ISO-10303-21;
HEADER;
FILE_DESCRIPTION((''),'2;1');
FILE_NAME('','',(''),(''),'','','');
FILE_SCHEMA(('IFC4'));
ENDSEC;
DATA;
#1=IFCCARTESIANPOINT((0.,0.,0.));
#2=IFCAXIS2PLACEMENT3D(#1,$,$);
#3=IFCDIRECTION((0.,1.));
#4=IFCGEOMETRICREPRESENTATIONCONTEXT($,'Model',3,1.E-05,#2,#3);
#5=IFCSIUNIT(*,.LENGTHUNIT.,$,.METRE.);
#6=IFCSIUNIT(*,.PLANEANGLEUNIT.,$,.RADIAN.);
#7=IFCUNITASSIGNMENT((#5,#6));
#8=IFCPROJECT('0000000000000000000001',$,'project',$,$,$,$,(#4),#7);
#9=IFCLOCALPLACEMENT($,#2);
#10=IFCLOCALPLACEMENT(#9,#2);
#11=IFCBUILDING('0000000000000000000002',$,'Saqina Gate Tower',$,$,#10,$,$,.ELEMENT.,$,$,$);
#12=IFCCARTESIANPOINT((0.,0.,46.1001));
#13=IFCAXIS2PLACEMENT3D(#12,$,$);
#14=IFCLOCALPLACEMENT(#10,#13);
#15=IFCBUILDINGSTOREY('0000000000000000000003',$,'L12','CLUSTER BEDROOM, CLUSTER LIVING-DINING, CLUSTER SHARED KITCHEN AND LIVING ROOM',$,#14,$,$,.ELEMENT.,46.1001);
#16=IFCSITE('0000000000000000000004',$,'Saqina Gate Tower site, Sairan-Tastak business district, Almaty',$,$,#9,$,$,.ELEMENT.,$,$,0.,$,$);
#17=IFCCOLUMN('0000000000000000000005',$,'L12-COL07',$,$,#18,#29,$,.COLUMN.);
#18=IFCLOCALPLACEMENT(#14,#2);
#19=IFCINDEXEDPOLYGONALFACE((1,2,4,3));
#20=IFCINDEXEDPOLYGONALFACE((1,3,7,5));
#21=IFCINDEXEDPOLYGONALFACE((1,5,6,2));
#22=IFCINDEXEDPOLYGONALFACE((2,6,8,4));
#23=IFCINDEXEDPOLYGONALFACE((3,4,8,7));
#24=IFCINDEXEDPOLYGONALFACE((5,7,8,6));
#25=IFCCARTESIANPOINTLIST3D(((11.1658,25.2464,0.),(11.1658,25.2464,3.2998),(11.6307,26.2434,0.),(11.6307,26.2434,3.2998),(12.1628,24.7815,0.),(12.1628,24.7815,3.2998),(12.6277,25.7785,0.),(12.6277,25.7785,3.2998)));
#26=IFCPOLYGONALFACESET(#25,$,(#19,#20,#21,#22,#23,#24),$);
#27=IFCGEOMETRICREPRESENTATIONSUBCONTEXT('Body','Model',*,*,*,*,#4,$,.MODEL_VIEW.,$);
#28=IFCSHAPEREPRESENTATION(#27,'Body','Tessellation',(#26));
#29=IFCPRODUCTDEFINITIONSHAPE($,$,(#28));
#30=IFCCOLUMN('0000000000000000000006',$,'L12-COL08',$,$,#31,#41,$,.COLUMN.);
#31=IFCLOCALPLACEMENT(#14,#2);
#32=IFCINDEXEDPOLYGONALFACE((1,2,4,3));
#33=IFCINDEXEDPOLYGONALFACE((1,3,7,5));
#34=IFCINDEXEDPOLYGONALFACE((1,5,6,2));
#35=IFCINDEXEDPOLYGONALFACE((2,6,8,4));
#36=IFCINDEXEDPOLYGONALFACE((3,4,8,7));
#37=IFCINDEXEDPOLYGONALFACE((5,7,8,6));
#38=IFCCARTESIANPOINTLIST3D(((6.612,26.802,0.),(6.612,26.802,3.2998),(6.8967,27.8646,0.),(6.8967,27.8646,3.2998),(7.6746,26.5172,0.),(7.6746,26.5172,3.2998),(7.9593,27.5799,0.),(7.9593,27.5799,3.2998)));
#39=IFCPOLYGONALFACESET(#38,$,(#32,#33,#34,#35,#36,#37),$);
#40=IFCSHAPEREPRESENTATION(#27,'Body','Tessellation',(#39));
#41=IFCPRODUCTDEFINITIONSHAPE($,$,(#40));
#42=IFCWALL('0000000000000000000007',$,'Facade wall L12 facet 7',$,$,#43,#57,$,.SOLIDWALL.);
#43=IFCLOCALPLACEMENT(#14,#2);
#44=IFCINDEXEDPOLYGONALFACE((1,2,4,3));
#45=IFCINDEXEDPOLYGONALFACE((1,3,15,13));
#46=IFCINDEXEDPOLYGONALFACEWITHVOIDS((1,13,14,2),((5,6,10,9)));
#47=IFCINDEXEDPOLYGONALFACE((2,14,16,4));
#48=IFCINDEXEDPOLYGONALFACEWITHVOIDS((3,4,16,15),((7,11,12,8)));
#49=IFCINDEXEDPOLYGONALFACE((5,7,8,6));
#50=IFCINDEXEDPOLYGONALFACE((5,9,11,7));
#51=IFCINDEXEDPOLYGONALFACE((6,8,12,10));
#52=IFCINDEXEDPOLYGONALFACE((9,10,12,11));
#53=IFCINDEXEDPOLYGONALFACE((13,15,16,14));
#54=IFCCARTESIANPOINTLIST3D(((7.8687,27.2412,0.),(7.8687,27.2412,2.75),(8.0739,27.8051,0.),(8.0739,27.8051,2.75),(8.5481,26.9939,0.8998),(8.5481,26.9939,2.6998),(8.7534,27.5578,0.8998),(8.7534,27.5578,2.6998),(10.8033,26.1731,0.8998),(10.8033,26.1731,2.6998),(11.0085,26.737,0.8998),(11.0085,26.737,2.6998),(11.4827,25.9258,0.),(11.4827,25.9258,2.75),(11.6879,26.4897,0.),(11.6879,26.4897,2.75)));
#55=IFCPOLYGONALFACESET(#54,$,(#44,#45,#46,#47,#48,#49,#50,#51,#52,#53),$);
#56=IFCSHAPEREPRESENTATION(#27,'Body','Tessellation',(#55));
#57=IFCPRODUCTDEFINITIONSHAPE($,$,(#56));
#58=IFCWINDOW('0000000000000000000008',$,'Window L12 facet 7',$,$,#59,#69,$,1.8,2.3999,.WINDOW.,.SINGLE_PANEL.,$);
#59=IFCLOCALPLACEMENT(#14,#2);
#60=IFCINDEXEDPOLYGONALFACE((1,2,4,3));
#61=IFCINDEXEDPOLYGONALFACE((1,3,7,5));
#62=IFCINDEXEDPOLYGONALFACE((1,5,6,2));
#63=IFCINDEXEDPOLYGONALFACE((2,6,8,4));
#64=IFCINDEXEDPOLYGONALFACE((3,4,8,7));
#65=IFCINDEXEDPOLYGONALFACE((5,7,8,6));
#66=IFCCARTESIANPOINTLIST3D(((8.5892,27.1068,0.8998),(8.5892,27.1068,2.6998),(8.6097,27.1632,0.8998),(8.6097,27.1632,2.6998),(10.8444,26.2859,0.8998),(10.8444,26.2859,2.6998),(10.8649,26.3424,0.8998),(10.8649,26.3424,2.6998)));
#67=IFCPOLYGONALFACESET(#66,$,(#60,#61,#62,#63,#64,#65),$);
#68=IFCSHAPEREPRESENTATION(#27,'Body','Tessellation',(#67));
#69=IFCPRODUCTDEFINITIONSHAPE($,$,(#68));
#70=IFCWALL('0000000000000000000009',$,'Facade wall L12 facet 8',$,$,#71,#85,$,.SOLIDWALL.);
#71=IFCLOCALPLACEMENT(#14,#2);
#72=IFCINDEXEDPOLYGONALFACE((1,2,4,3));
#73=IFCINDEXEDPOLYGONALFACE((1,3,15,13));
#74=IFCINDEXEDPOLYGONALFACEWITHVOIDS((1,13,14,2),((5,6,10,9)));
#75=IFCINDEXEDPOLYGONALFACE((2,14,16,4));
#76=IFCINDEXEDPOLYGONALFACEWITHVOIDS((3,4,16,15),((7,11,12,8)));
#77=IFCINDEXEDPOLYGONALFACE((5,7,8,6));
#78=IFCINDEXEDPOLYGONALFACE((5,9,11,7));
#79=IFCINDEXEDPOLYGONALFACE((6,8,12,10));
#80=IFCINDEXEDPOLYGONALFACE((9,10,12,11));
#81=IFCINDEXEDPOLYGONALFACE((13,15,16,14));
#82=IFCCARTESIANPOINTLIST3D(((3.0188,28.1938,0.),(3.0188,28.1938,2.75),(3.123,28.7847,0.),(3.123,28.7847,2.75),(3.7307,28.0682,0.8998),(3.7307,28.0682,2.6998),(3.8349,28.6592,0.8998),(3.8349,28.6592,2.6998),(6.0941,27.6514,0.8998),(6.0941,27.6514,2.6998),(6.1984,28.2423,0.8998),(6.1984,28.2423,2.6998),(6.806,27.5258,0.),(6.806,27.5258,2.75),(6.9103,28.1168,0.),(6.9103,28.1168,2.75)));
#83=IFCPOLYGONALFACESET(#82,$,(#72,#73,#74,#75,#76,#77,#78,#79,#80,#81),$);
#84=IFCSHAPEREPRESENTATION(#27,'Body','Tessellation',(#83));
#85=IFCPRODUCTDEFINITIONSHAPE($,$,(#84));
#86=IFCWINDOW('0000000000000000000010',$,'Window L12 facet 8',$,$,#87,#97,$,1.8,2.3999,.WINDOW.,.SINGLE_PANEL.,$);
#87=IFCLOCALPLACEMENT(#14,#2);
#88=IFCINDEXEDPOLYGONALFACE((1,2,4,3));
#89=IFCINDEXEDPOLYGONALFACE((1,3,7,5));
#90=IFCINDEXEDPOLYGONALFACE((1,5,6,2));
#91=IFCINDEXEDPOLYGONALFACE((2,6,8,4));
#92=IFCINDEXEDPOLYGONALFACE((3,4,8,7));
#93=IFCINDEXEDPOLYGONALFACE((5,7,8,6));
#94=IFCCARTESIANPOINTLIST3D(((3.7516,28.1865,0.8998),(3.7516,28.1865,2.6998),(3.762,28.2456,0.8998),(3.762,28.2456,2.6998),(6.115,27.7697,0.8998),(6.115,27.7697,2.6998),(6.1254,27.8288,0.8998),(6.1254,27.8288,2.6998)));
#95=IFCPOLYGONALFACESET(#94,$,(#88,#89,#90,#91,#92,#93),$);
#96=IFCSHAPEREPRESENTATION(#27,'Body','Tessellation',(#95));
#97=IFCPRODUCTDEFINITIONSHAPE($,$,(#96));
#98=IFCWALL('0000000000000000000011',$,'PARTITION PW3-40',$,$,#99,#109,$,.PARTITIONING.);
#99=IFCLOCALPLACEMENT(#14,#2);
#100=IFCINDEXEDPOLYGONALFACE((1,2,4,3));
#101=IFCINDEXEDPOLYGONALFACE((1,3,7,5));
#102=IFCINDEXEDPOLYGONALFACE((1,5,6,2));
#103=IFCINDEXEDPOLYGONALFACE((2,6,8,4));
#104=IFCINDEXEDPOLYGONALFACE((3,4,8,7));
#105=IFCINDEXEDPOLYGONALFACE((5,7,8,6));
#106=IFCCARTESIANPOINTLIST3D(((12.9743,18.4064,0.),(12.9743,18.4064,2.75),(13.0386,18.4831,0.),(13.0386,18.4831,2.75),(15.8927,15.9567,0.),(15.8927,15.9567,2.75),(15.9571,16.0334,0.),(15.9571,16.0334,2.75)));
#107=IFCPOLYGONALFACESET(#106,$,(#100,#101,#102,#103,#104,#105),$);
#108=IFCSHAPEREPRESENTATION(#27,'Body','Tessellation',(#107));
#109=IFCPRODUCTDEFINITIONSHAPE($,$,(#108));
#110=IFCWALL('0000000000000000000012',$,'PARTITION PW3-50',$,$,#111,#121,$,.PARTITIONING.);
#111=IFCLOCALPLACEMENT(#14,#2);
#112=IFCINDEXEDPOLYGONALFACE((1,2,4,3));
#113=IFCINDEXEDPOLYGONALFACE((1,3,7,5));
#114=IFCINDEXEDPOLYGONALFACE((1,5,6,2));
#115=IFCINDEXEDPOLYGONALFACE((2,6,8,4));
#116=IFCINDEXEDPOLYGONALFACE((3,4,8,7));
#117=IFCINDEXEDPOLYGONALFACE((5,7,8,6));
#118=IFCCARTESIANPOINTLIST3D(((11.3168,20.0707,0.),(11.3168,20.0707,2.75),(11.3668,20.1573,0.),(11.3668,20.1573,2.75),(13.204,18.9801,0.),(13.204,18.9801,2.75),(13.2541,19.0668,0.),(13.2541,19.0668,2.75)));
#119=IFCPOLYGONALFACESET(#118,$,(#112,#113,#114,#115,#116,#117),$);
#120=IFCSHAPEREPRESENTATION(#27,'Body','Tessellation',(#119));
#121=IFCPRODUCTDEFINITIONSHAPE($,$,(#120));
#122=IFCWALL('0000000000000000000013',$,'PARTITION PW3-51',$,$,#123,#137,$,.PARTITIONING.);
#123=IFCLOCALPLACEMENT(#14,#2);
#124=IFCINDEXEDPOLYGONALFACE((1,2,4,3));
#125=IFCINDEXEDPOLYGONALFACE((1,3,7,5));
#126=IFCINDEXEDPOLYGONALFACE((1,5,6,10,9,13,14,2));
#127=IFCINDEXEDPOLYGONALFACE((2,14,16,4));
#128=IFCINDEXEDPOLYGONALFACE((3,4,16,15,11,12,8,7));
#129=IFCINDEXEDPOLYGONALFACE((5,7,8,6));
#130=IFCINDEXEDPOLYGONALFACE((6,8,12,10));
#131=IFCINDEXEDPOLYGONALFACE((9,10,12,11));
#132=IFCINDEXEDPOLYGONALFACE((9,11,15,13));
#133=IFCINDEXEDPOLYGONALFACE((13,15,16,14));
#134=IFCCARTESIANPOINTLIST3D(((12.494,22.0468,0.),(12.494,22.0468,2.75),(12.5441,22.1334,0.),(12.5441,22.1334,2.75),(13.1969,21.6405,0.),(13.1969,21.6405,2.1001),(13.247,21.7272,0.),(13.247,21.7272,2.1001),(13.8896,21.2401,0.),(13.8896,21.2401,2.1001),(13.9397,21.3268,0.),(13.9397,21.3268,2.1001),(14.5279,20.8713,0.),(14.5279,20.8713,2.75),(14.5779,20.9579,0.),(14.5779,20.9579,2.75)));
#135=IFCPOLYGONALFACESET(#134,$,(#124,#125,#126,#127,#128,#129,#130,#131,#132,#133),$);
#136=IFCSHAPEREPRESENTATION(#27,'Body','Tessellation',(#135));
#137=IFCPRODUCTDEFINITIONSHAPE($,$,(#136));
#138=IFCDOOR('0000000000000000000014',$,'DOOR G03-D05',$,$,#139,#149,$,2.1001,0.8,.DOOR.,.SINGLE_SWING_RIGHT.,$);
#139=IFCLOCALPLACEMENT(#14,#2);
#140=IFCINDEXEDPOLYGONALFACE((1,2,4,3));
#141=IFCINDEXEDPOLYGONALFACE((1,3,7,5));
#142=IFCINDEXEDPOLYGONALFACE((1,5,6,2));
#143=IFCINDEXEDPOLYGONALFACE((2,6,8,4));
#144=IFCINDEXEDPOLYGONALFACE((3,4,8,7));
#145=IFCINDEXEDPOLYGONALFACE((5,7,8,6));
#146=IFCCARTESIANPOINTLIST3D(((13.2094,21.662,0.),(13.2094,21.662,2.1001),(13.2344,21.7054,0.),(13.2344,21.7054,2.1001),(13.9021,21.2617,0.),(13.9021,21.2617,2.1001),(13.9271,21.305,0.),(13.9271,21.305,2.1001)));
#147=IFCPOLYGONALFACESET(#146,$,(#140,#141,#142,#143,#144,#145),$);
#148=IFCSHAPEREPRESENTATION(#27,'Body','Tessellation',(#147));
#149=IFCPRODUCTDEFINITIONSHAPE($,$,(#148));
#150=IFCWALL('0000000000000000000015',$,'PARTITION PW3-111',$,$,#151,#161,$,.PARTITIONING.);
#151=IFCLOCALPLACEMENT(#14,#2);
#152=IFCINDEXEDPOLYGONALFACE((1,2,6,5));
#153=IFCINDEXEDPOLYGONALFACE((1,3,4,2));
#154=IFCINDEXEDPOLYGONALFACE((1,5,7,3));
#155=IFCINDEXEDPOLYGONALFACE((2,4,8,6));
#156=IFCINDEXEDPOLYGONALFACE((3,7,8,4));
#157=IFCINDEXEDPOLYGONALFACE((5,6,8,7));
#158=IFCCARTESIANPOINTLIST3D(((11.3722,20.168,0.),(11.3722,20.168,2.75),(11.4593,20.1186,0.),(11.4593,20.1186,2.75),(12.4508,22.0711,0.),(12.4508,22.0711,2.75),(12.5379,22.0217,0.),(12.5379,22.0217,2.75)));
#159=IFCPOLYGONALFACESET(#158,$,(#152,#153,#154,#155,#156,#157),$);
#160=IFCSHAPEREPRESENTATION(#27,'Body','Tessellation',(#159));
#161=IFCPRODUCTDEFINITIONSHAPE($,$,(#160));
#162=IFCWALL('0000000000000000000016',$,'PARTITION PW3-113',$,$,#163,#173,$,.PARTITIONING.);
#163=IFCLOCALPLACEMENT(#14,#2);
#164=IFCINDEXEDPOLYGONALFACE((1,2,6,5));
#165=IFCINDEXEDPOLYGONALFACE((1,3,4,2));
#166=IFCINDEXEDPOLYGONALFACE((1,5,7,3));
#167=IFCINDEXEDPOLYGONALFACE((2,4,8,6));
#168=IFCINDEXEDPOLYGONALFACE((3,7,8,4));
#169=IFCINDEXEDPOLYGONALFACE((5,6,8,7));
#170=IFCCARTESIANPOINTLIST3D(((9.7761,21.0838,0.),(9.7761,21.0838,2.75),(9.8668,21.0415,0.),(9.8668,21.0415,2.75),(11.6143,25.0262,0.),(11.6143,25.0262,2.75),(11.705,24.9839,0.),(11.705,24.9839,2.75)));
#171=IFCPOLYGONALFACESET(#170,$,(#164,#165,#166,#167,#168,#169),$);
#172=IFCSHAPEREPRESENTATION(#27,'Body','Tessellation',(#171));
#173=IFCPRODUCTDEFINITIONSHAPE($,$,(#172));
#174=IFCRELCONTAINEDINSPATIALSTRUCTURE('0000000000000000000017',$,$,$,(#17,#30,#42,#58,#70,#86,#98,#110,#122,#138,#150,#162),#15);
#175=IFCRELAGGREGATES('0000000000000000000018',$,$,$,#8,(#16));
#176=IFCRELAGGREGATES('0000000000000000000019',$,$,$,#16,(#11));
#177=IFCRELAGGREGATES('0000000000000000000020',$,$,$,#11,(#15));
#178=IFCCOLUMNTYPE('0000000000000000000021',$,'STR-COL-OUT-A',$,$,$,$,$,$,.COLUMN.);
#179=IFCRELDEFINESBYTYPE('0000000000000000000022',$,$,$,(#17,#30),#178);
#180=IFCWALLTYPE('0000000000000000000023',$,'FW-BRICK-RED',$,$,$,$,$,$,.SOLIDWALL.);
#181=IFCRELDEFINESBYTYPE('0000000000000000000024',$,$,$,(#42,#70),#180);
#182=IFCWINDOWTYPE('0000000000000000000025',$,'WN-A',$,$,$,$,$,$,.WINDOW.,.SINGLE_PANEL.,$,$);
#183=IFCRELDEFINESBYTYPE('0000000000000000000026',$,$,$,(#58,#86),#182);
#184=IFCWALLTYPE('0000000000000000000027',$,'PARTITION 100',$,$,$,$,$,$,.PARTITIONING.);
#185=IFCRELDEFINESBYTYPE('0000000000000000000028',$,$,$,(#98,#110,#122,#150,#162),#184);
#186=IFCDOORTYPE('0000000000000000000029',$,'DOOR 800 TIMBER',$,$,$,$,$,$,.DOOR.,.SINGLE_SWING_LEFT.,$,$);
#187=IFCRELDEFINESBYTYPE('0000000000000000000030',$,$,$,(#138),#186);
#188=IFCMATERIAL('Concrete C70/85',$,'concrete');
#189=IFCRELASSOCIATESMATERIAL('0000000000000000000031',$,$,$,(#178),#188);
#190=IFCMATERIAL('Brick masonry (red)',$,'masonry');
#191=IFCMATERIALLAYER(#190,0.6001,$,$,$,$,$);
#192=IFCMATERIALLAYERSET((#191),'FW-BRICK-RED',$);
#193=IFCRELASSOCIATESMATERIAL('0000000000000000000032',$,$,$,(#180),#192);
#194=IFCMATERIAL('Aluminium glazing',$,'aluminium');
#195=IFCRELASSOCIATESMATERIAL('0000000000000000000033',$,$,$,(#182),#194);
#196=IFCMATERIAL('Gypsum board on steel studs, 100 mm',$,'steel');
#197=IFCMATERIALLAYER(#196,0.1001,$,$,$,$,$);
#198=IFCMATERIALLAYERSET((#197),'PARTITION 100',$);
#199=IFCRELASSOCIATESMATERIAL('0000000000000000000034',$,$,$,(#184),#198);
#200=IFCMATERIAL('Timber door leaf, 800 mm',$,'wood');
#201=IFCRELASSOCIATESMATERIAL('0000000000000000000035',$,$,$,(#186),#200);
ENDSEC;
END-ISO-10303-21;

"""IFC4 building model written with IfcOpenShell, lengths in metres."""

from ifc_helpers import new_model, si_unit, direction, frame, frame_2d, origin, origin_2d, place, context, subcontext, project, spatial, rectangle, extrude, material, layer, layer_set, material_profile, profile_set, type_object, element, fill, save


model = new_model("IFC4")

# Units and contexts
model_context = context("Model", 3, precision=1e-05, world=origin(), true_north=direction((0.0, 1.0)))
body_context = subcontext(model_context, "Body", "Model", "MODEL_VIEW")
ifc_project = project(units=[si_unit("LENGTHUNIT", "METRE"), si_unit("PLANEANGLEUNIT", "RADIAN")], contexts=[model_context])

# Site, building, storey
site_placement = place(None, origin())
site = spatial("IfcSite", under=ifc_project, at=site_placement, Name="Saqina Gate Tower site, Sairan-Tastak business district, Almaty", CompositionType="ELEMENT", RefElevation=0.0)
building_placement = place(site_placement, origin())
building = spatial("IfcBuilding", under=site, at=building_placement, Name="Saqina Gate Tower", CompositionType="ELEMENT")
storey_placement = place(building_placement, frame((0.0, 0.0, 46.1001)))
storey = spatial("IfcBuildingStorey", under=building, at=storey_placement, Name="L12", Description="CLUSTER BEDROOM, CLUSTER LIVING-DINING, CLUSTER SHARED KITCHEN AND LIVING ROOM", CompositionType="ELEMENT", Elevation=46.1001)

# Columns
ifc_material_1 = material(Name="Concrete C70/85", Category="concrete")
ifc_material_profile = material_profile(ifc_material_1, rectangle(XDim=1.1001, YDim=1.1001, at=origin_2d()), Name="RC 1100x1100")
ifc_profile_set = profile_set([ifc_material_profile], Name="Concrete C70/85")
column_type = type_object("IfcColumnType", Name="STR-COL-OUT-A", PredefinedType="COLUMN", material=ifc_profile_set)
for number, where, z_axis, x_axis, name in (
    (1, (11.8967, 25.5125, 0.0), (0.0, 0.0, 1.0), (0.422618, 0.906308, 0.0), "L12-COL07"),
    (2, (7.2856, 27.1909, 0.0), (0.0, 0.0, 1.0), (0.258819, 0.965926, 0.0), "L12-COL08"),
):
    element("IfcColumn", number, at=place(storey_placement, frame(where, z_axis=z_axis, x_axis=x_axis)), inside=storey, type_object=column_type, Name=name, PredefinedType="COLUMN", context=body_context, shape_type="SweptSolid", body=[
        extrude(rectangle(XDim=1.1001, YDim=1.1001, at=origin_2d()), origin(), (0.0, 0.0, 1.0), 3.2998),
    ])

# Walls, openings, windows
ifc_material_2 = material(Name="Brick masonry (red)", Category="masonry")
ifc_layer_1 = layer(ifc_material_2, 0.6001)
ifc_layer_set_1 = layer_set([ifc_layer_1], Name="FW-BRICK-RED")
wall_type_1 = type_object("IfcWallType", Name="FW-BRICK-RED", PredefinedType="SOLIDWALL", material=ifc_layer_set_1)
wall_1_placement = place(storey_placement, frame((11.5852, 26.2078, 0.0), z_axis=(0.0, 0.0, 1.0), x_axis=(-0.93969, 0.342028, 0.0)))
wall_1 = element("IfcWall", 3, at=wall_1_placement, inside=storey, type_object=wall_type_1, Name="Facade wall L12 facet 7", PredefinedType="SOLIDWALL", context=body_context, shape_type="SweptSolid", body=[
    extrude(rectangle(XDim=3.8459, YDim=0.6001, at=frame_2d((1.9229, 0.0))), origin(), (0.0, 0.0, 1.0), 2.75),
])
opening_1_placement = place(wall_1_placement, frame((0.7229, 0.0, 0.8999)))
opening_1 = element("IfcOpeningElement", 4, at=opening_1_placement, cuts=wall_1, PredefinedType="OPENING", context=body_context, shape_type="SweptSolid", body=[
    extrude(rectangle(XDim=2.3999, YDim=1.8, at=frame_2d((1.2, 0.8999))), frame((0.0, 0.312, 0.0), z_axis=(0.0, -1.0, 0.0), x_axis=(1.0, 0.0, 0.0)), (0.0, 0.0, 1.0), 0.624),
])
ifc_material_3 = material(Name="Aluminium glazing", Category="aluminium")
window_type = type_object("IfcWindowType", Name="WN-A", PartitioningType="SINGLE_PANEL", PredefinedType="WINDOW", material=ifc_material_3)
window_1_placement = place(opening_1_placement, origin())
window_1 = element("IfcWindow", 5, at=window_1_placement, inside=storey, type_object=window_type, Name="Window L12 facet 7", OverallHeight=1.8, OverallWidth=2.3999, PartitioningType="SINGLE_PANEL", PredefinedType="WINDOW", context=body_context, shape_type="SweptSolid", body=[
    extrude(rectangle(XDim=2.3999, YDim=1.8, at=frame_2d((1.2, 0.8999))), frame((0.0, 0.1799, 0.0), z_axis=(0.0, -1.0, 0.0), x_axis=(1.0, 0.0, 0.0)), (0.0, 0.0, 1.0), 0.0601),
])
fill(opening_1, window_1)
wall_2_placement = place(storey_placement, frame((6.8582, 27.8213, 0.0), z_axis=(0.0, 0.0, 1.0), x_axis=(-0.984801, 0.173688, 0.0)))
wall_2 = element("IfcWall", 6, at=wall_2_placement, inside=storey, type_object=wall_type_1, Name="Facade wall L12 facet 8", PredefinedType="SOLIDWALL", context=body_context, shape_type="SweptSolid", body=[
    extrude(rectangle(XDim=3.8457, YDim=0.6001, at=frame_2d((1.9229, 0.0))), origin(), (0.0, 0.0, 1.0), 2.75),
])
opening_2_placement = place(wall_2_placement, frame((0.7229, 0.0, 0.8999)))
opening_2 = element("IfcOpeningElement", 7, at=opening_2_placement, cuts=wall_2, PredefinedType="OPENING", context=body_context, shape_type="SweptSolid", body=[
    extrude(rectangle(XDim=2.3999, YDim=1.8, at=frame_2d((1.2, 0.8999))), frame((0.0, 0.312, 0.0), z_axis=(0.0, -1.0, 0.0), x_axis=(1.0, 0.0, 0.0)), (0.0, 0.0, 1.0), 0.624),
])
window_2_placement = place(opening_2_placement, origin())
window_2 = element("IfcWindow", 8, at=window_2_placement, inside=storey, type_object=window_type, Name="Window L12 facet 8", OverallHeight=1.8, OverallWidth=2.3999, PartitioningType="SINGLE_PANEL", PredefinedType="WINDOW", context=body_context, shape_type="SweptSolid", body=[
    extrude(rectangle(XDim=2.3999, YDim=1.8, at=frame_2d((1.2, 0.8999))), frame((0.0, 0.1799, 0.0), z_axis=(0.0, -1.0, 0.0), x_axis=(1.0, 0.0, 0.0)), (0.0, 0.0, 1.0), 0.0601),
])
fill(opening_2, window_2)

# Walls
ifc_material_4 = material(Name="Gypsum board on steel studs, 100 mm", Category="steel")
ifc_layer_2 = layer(ifc_material_4, 0.1001)
ifc_layer_set_2 = layer_set([ifc_layer_2], Name="PARTITION 100")
wall_type_2 = type_object("IfcWallType", Name="PARTITION 100", PredefinedType="PARTITIONING", material=ifc_layer_set_2)
wall_3_placement = place(storey_placement, frame((13.0063, 18.4448, 0.0), z_axis=(0.0, 0.0, 1.0), x_axis=(0.765937, -0.642916, 0.0)))
element("IfcWall", 9, at=wall_3_placement, inside=storey, type_object=wall_type_2, Name="PARTITION PW3-40", PredefinedType="PARTITIONING", context=body_context, shape_type="SweptSolid", body=[
    extrude(rectangle(XDim=3.8103, YDim=0.1001, at=frame_2d((1.9053, 0.0))), origin(), (0.0, 0.0, 1.0), 2.75),
])
wall_4_placement = place(storey_placement, frame((11.3418, 20.114, 0.0), z_axis=(0.0, 0.0, 1.0), x_axis=(0.865827, -0.500343, 0.0)))
element("IfcWall", 10, at=wall_4_placement, inside=storey, type_object=wall_type_2, Name="PARTITION PW3-50", PredefinedType="PARTITIONING", context=body_context, shape_type="SweptSolid", body=[
    extrude(rectangle(XDim=2.1797, YDim=0.1001, at=frame_2d((1.0898, 0.0))), origin(), (0.0, 0.0, 1.0), 2.75),
])

# Wall, opening, door
wall_5_placement = place(storey_placement, frame((12.519, 22.0901, 0.0), z_axis=(0.0, 0.0, 1.0), x_axis=(0.865796, -0.500397, 0.0)))
wall_5 = element("IfcWall", 11, at=wall_5_placement, inside=storey, type_object=wall_type_2, Name="PARTITION PW3-51", PredefinedType="PARTITIONING", context=body_context, shape_type="SweptSolid", body=[
    extrude(rectangle(XDim=2.3491, YDim=0.1001, at=frame_2d((1.1746, 0.0))), origin(), (0.0, 0.0, 1.0), 2.75),
])
opening_3_placement = place(wall_5_placement, frame((0.812, 0.0, 0.0)))
opening_3 = element("IfcOpeningElement", 12, at=opening_3_placement, cuts=wall_5, PredefinedType="OPENING", context=body_context, shape_type="SweptSolid", body=[
    extrude(rectangle(XDim=0.8, YDim=2.1001, at=frame_2d((0.3999, 1.05))), frame((0.0, 0.062, 0.0), z_axis=(0.0, -1.0, 0.0), x_axis=(1.0, 0.0, 0.0)), (0.0, 0.0, 1.0), 0.124),
])
ifc_material_5 = material(Name="Timber door leaf, 800 mm", Category="wood")
door_type_1 = type_object("IfcDoorType", Name="DOOR 800 TIMBER", OperationType="SINGLE_SWING_LEFT", PredefinedType="DOOR", material=ifc_material_5)
door_1_placement = place(opening_3_placement, origin())
door_1 = element("IfcDoor", 13, at=door_1_placement, inside=storey, type_object=door_type_1, Name="DOOR G03-D05", OperationType="SINGLE_SWING_RIGHT", OverallHeight=2.1001, OverallWidth=0.8, PredefinedType="DOOR", context=body_context, shape_type="SweptSolid", body=[
    extrude(rectangle(XDim=0.8, YDim=2.1001, at=frame_2d((0.3999, 1.05))), frame((0.0, 0.0249, 0.0), z_axis=(0.0, -1.0, 0.0), x_axis=(1.0, 0.0, 0.0)), (0.0, 0.0, 1.0), 0.05),
])
fill(opening_3, door_1)

# Walls
wall_6_placement = place(storey_placement, frame((11.4158, 20.1433, 0.0), z_axis=(0.0, 0.0, 1.0), x_axis=(0.493083, 0.869982, 0.0)))
element("IfcWall", 14, at=wall_6_placement, inside=storey, type_object=wall_type_2, Name="PARTITION PW3-111", PredefinedType="PARTITIONING", context=body_context, shape_type="SweptSolid", body=[
    extrude(rectangle(XDim=2.1875, YDim=0.1001, at=frame_2d((1.0938, 0.0))), origin(), (0.0, 0.0, 1.0), 2.75),
])
wall_7_placement = place(storey_placement, frame((9.8215, 21.0627, 0.0), z_axis=(0.0, 0.0, 1.0), x_axis=(0.422575, 0.906328, 0.0)))
element("IfcWall", 15, at=wall_7_placement, inside=storey, type_object=wall_type_2, Name="PARTITION PW3-113", PredefinedType="PARTITIONING", context=body_context, shape_type="SweptSolid", body=[
    extrude(rectangle(XDim=4.3499, YDim=0.1001, at=frame_2d((2.1748, 0.0))), origin(), (0.0, 0.0, 1.0), 2.75),
])

save(model, "model.ifc")
